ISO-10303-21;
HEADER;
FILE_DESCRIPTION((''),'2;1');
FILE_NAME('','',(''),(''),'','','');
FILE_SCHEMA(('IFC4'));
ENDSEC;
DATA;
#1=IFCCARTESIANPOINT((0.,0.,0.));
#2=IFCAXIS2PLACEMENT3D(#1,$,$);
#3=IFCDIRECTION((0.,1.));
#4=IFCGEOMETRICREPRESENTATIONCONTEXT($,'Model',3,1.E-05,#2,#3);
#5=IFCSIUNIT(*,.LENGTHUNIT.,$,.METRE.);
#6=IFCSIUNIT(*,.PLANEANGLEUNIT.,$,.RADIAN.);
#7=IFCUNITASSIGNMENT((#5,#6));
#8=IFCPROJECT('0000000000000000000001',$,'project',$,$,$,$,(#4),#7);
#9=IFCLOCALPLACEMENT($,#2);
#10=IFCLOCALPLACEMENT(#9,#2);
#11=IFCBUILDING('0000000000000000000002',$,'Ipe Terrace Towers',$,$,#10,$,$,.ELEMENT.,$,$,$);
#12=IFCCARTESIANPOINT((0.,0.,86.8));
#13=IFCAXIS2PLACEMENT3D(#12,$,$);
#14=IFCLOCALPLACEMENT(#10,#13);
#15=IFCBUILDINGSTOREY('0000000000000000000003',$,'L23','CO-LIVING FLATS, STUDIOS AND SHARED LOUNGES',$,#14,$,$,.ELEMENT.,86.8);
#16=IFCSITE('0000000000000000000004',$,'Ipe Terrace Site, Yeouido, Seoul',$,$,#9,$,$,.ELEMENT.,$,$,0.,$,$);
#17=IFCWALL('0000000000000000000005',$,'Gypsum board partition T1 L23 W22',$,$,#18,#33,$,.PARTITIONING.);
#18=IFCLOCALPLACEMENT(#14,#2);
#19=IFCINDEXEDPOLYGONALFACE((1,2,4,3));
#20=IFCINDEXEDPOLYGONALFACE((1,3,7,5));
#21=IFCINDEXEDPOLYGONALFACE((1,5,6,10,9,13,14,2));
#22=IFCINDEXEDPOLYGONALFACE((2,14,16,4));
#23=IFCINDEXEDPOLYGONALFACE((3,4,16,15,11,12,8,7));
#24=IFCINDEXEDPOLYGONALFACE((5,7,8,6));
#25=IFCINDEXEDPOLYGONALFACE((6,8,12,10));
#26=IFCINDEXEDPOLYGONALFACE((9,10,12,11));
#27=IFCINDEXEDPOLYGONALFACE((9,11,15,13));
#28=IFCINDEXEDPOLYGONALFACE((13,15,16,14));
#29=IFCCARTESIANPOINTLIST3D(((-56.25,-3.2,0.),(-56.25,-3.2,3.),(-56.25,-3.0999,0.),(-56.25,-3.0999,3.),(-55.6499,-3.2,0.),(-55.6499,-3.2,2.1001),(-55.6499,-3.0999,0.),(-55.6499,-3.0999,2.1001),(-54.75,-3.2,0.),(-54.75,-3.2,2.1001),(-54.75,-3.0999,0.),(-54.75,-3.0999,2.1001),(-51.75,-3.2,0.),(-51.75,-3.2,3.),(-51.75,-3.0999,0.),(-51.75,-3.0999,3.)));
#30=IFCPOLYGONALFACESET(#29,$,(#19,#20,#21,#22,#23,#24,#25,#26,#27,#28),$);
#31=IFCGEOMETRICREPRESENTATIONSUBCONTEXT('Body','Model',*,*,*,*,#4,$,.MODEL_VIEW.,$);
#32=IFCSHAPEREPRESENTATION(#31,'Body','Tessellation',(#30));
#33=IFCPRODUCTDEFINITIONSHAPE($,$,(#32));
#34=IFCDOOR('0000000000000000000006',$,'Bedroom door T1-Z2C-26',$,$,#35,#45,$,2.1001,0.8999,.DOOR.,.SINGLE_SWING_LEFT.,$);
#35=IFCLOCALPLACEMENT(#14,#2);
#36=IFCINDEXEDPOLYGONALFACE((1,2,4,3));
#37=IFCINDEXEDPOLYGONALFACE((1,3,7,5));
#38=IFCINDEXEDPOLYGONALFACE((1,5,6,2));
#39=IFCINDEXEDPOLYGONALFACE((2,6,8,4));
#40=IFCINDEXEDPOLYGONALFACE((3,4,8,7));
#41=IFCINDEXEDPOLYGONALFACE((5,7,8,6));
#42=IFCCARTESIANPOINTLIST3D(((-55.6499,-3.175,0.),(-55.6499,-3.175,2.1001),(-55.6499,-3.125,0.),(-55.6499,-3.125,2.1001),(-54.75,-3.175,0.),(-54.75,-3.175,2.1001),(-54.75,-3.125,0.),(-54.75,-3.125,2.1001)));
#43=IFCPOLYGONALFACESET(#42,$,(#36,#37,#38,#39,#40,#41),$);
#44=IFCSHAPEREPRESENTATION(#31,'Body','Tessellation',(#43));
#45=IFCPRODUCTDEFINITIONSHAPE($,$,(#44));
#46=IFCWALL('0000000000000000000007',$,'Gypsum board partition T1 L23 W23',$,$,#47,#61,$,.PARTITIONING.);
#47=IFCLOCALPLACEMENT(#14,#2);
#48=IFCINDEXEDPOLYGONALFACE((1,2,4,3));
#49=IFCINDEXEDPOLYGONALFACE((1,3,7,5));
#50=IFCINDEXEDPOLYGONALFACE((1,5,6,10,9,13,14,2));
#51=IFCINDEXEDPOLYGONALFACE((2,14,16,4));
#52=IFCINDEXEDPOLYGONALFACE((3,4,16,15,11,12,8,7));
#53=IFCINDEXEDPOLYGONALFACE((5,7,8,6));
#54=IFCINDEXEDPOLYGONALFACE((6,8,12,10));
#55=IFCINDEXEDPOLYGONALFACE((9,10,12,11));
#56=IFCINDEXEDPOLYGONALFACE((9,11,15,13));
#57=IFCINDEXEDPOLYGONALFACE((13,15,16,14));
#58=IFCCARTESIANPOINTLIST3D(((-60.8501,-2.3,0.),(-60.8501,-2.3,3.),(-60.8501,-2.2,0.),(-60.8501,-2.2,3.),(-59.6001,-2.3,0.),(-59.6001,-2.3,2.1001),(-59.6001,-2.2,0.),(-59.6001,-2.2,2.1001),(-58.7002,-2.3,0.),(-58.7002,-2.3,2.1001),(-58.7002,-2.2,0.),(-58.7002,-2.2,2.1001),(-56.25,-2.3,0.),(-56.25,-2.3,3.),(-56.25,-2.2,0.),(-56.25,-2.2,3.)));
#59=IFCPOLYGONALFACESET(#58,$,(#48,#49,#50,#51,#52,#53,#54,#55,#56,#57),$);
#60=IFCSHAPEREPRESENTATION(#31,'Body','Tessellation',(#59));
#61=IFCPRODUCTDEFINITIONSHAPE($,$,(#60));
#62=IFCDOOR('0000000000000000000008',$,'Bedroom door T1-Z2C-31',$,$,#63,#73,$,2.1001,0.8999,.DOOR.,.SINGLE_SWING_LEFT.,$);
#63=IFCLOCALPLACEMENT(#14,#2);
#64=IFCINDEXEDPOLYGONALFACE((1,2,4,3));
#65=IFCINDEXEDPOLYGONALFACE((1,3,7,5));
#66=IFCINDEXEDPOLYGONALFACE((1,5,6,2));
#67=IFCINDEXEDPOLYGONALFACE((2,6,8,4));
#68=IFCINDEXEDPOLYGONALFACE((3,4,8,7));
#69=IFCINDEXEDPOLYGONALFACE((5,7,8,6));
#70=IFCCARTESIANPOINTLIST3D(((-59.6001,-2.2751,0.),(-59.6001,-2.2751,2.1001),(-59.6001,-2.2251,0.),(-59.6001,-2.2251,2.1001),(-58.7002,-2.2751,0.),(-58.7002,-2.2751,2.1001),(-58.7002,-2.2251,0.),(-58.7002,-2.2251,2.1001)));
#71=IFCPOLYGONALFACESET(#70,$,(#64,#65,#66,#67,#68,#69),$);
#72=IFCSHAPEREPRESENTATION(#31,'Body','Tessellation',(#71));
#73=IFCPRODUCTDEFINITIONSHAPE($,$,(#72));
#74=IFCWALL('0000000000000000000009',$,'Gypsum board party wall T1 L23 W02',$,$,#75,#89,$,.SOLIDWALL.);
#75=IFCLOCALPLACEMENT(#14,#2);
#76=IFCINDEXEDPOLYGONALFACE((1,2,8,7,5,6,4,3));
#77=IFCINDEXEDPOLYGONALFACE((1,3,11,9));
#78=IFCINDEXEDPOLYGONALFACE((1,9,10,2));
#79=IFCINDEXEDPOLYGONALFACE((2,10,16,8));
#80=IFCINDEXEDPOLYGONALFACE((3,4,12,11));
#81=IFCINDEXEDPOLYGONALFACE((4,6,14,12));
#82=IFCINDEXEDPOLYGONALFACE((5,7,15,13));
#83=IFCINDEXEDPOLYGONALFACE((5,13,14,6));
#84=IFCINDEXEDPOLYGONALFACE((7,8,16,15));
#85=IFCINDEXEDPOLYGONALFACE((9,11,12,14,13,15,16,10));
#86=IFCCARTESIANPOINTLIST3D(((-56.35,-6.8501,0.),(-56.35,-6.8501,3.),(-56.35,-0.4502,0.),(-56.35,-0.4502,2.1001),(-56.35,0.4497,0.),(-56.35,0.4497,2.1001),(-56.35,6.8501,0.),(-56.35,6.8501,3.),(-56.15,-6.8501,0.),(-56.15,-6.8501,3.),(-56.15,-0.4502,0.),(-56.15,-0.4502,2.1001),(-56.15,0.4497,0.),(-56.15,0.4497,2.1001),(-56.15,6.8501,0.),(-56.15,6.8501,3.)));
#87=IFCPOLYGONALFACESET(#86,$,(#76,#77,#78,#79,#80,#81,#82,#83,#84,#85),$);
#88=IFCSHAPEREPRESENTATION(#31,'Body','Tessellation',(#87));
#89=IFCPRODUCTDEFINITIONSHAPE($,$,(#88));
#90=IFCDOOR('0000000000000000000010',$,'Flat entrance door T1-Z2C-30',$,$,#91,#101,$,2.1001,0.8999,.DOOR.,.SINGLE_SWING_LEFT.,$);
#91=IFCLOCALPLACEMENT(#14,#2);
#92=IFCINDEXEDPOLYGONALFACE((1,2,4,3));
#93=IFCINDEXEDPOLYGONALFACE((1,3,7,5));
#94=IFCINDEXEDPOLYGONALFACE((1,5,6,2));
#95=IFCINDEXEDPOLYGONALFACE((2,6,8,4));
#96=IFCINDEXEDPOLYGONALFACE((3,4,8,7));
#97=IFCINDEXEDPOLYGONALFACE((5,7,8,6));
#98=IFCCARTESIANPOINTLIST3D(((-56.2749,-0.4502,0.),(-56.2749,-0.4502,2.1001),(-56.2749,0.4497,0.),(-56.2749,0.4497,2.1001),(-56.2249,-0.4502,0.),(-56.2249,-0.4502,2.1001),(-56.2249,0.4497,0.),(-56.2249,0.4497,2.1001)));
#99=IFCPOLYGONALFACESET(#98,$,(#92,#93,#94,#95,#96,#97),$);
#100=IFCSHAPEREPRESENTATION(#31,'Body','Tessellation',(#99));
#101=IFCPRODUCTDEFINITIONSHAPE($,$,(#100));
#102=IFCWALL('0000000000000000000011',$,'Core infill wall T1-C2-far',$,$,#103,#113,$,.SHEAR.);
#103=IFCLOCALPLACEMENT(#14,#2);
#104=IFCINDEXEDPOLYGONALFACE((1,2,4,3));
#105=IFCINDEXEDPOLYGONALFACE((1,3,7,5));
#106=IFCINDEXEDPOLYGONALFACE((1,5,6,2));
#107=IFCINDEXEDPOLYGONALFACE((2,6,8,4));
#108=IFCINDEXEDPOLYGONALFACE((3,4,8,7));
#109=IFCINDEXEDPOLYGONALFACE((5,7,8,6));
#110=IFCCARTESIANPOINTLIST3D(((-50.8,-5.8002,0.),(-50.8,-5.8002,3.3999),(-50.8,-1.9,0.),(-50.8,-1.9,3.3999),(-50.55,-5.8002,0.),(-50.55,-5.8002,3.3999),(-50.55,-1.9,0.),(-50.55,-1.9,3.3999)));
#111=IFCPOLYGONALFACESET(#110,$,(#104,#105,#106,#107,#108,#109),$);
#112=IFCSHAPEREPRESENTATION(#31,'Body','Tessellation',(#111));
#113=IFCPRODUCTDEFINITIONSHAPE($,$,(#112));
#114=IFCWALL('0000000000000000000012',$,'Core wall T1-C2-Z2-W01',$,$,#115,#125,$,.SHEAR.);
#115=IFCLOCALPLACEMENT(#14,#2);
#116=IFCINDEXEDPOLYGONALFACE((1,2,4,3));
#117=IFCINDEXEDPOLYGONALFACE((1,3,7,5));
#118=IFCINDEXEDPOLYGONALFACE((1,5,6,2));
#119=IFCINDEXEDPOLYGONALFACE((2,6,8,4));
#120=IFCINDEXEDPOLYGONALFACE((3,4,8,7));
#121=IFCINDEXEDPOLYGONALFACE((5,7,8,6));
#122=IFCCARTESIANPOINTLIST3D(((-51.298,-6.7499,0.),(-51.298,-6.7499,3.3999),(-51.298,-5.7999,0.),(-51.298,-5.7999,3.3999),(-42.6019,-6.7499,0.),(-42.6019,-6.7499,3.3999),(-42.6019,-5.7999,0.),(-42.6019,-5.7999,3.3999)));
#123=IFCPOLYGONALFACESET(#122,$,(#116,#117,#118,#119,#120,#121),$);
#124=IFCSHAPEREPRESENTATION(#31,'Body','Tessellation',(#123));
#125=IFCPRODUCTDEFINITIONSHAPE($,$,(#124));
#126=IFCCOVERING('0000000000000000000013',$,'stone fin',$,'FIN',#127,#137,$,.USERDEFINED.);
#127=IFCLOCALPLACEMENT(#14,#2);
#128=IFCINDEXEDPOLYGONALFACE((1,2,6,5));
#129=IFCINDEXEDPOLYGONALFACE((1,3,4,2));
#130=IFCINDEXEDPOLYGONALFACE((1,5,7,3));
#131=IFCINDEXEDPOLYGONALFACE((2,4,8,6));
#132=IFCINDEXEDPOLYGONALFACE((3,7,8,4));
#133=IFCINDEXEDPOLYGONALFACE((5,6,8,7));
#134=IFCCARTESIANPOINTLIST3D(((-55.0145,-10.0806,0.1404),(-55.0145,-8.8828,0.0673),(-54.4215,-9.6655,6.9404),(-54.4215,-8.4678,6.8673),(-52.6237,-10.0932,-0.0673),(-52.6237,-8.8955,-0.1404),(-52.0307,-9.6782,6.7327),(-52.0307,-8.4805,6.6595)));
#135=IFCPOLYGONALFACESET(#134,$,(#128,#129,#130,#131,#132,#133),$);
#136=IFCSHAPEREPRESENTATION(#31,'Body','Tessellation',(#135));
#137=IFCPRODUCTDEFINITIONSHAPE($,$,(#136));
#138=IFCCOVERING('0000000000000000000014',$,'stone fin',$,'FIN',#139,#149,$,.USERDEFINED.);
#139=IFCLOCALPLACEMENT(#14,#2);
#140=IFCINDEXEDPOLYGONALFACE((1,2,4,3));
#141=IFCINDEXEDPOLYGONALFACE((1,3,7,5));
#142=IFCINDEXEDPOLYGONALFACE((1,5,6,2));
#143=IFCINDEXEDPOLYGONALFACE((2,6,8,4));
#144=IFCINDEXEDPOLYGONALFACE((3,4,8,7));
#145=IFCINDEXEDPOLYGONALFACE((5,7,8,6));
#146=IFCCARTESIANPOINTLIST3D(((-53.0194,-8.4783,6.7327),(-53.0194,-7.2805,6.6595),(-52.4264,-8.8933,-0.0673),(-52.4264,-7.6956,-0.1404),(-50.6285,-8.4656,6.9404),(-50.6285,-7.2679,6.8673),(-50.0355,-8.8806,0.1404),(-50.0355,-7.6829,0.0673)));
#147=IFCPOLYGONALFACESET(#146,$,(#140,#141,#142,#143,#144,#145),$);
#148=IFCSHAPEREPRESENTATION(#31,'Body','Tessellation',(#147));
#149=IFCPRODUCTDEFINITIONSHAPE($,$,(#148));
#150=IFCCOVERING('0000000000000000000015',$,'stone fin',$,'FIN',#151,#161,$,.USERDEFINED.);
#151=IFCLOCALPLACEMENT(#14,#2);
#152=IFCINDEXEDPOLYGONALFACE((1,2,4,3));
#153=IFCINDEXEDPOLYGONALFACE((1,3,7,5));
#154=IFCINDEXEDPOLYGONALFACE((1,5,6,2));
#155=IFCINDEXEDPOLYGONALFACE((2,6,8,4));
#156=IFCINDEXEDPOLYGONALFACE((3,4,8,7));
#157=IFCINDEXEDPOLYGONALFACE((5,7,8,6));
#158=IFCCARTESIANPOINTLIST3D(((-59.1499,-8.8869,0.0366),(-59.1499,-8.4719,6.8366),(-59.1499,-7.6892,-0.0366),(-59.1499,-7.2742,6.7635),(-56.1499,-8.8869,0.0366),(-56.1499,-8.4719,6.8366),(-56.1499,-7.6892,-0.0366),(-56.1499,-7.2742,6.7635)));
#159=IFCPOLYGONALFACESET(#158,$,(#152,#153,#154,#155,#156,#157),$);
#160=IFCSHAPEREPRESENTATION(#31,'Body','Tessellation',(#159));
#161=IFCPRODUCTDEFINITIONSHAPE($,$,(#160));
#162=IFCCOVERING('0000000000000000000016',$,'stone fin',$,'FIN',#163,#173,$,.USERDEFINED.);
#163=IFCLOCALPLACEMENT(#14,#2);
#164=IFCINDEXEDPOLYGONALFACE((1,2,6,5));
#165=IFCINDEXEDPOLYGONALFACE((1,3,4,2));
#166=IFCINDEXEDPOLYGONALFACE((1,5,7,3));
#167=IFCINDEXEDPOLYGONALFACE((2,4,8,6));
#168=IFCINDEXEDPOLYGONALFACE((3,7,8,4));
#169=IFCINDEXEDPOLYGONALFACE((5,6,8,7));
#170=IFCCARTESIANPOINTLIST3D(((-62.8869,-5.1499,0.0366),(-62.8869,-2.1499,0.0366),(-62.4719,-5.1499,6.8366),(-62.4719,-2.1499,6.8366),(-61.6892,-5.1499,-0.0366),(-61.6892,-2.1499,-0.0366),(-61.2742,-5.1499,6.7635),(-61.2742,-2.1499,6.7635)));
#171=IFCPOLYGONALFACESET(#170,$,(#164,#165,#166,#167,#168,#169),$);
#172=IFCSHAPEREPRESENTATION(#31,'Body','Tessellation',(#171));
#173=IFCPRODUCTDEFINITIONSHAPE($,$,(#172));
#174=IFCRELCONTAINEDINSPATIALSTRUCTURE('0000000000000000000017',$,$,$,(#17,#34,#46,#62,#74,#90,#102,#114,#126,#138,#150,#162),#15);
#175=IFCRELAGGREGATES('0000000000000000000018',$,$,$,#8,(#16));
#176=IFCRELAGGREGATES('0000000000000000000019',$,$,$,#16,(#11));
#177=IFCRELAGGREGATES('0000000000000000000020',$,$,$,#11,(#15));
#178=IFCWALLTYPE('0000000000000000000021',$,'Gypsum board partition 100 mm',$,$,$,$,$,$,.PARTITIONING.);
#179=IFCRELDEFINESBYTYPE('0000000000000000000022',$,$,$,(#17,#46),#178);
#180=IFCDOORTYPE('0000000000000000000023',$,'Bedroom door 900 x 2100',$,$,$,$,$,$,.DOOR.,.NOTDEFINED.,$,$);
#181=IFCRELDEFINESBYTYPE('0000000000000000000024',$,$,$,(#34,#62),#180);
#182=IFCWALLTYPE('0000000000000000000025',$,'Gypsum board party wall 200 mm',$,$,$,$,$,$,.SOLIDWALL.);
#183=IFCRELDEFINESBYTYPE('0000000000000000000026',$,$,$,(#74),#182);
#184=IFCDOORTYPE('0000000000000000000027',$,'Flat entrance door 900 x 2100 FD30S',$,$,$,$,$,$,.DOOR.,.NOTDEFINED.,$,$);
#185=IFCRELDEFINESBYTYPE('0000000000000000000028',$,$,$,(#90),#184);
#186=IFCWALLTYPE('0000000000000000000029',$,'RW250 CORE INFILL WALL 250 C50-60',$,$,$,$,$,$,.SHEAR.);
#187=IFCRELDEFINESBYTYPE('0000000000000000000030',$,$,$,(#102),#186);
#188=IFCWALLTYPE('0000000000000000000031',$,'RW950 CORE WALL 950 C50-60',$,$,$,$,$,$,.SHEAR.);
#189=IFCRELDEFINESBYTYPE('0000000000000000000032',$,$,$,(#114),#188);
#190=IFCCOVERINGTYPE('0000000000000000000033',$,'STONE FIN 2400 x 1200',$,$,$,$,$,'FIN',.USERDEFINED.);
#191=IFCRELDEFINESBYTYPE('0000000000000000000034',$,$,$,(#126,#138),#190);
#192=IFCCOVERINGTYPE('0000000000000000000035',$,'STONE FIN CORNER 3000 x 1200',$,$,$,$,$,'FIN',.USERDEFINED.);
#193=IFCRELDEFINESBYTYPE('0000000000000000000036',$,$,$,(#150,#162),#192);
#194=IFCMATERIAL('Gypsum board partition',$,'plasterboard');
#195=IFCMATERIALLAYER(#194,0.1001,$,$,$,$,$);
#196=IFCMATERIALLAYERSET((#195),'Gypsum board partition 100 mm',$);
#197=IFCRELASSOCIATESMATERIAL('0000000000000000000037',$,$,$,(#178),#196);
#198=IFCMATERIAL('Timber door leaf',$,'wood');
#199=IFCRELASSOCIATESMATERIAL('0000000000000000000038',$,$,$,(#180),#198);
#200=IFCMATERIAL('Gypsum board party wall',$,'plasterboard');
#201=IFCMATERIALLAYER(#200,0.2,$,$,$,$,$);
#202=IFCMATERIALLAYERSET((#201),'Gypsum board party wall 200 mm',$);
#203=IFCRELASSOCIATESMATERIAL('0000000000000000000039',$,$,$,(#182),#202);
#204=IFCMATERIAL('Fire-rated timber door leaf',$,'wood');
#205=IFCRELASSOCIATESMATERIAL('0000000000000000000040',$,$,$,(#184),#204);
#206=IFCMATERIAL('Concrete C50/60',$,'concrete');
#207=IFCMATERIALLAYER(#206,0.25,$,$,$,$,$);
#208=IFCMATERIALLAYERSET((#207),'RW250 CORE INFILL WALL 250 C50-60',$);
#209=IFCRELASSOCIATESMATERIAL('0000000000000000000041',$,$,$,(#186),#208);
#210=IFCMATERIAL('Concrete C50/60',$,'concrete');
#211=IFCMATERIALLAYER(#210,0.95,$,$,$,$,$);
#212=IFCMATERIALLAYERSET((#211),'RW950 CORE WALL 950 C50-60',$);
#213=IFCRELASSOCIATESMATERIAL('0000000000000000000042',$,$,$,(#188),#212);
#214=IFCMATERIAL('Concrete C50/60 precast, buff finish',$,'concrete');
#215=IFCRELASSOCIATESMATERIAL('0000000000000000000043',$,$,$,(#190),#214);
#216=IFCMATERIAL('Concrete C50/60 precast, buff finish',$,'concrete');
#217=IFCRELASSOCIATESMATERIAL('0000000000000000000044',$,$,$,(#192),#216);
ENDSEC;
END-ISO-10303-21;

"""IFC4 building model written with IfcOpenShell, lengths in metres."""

from ifc_helpers import new_model, si_unit, direction, frame, frame_2d, origin, origin_2d, place, context, subcontext, project, spatial, rectangle, extrude, material, layer, layer_set, material_profile, profile_set, type_object, element, fill, save


model = new_model("IFC4")

# Units and contexts
model_context = context("Model", 3, precision=1e-05, world=origin(), true_north=direction((0.0, 1.0)))
body_context = subcontext(model_context, "Body", "Model", "MODEL_VIEW")
ifc_project = project(units=[si_unit("LENGTHUNIT", "METRE"), si_unit("PLANEANGLEUNIT", "RADIAN")], contexts=[model_context])

# Site, building, storey
site_placement = place(None, origin())
site = spatial("IfcSite", under=ifc_project, at=site_placement, Name="Ipe Terrace Site, Yeouido, Seoul", CompositionType="ELEMENT", RefElevation=0.0)
building_placement = place(site_placement, origin())
building = spatial("IfcBuilding", under=site, at=building_placement, Name="Ipe Terrace Towers", CompositionType="ELEMENT")
storey_placement = place(building_placement, frame((0.0, 0.0, 86.8)))
storey = spatial("IfcBuildingStorey", under=building, at=storey_placement, Name="L23", Description="CO-LIVING FLATS, STUDIOS AND SHARED LOUNGES", CompositionType="ELEMENT", Elevation=86.8)

# Shared definitions
ifc_material_1 = material(Name="Gypsum board partition", Category="plasterboard")
ifc_layer_1 = layer(ifc_material_1, 0.1001)
ifc_layer_set_1 = layer_set([ifc_layer_1], Name="Gypsum board partition 100 mm")
wall_type_1 = type_object("IfcWallType", Name="Gypsum board partition 100 mm", PredefinedType="PARTITIONING", material=ifc_layer_set_1)

# Walls, openings, doors
wall_1_placement = place(storey_placement, frame((-56.25, -3.1499, 0.0), z_axis=(0.0, 0.0, 1.0), x_axis=(1.0, 0.0, 0.0)))
wall_1 = element("IfcWall", 1, at=wall_1_placement, inside=storey, type_object=wall_type_1, Name="Gypsum board partition T1 L23 W22", PredefinedType="PARTITIONING", context=body_context, shape_type="SweptSolid", body=[
    extrude(rectangle(XDim=4.5, YDim=0.1001, at=frame_2d((2.25, 0.0))), origin(), (0.0, 0.0, 1.0), 3.0),
])
opening_1_placement = place(wall_1_placement, frame((0.6001, 0.0, 0.0)))
opening_1 = element("IfcOpeningElement", 2, at=opening_1_placement, cuts=wall_1, PredefinedType="OPENING", context=body_context, shape_type="SweptSolid", body=[
    extrude(rectangle(XDim=0.8999, YDim=2.1001, at=frame_2d((0.45, 1.05))), frame((0.0, 0.0601, 0.0), z_axis=(0.0, -1.0, 0.0), x_axis=(1.0, 0.0, 0.0)), (0.0, 0.0, 1.0), 0.1201),
])
ifc_material_2 = material(Name="Timber door leaf", Category="wood")
door_type_1 = type_object("IfcDoorType", Name="Bedroom door 900 x 2100", OperationType="NOTDEFINED", PredefinedType="DOOR", material=ifc_material_2)
door_1_placement = place(opening_1_placement, origin())
door_1 = element("IfcDoor", 3, at=door_1_placement, inside=storey, type_object=door_type_1, Name="Bedroom door T1-Z2C-26", OperationType="SINGLE_SWING_LEFT", OverallHeight=2.1001, OverallWidth=0.8999, PredefinedType="DOOR", context=body_context, shape_type="SweptSolid", body=[
    extrude(rectangle(XDim=0.8999, YDim=2.1001, at=frame_2d((0.45, 1.05))), frame((0.0, 0.0249, 0.0), z_axis=(0.0, -1.0, 0.0), x_axis=(1.0, 0.0, 0.0)), (0.0, 0.0, 1.0), 0.05),
])
fill(opening_1, door_1)
wall_2_placement = place(storey_placement, frame((-60.8501, -2.25, 0.0), z_axis=(0.0, 0.0, 1.0), x_axis=(1.0, 0.0, 0.0)))
wall_2 = element("IfcWall", 4, at=wall_2_placement, inside=storey, type_object=wall_type_1, Name="Gypsum board partition T1 L23 W23", PredefinedType="PARTITIONING", context=body_context, shape_type="SweptSolid", body=[
    extrude(rectangle(XDim=4.6001, YDim=0.1001, at=frame_2d((2.3, 0.0))), origin(), (0.0, 0.0, 1.0), 3.0),
])
opening_2_placement = place(wall_2_placement, frame((1.25, 0.0, 0.0)))
opening_2 = element("IfcOpeningElement", 5, at=opening_2_placement, cuts=wall_2, PredefinedType="OPENING", context=body_context, shape_type="SweptSolid", body=[
    extrude(rectangle(XDim=0.8999, YDim=2.1001, at=frame_2d((0.45, 1.05))), frame((0.0, 0.0601, 0.0), z_axis=(0.0, -1.0, 0.0), x_axis=(1.0, 0.0, 0.0)), (0.0, 0.0, 1.0), 0.1201),
])
door_2_placement = place(opening_2_placement, origin())
door_2 = element("IfcDoor", 6, at=door_2_placement, inside=storey, type_object=door_type_1, Name="Bedroom door T1-Z2C-31", OperationType="SINGLE_SWING_LEFT", OverallHeight=2.1001, OverallWidth=0.8999, PredefinedType="DOOR", context=body_context, shape_type="SweptSolid", body=[
    extrude(rectangle(XDim=0.8999, YDim=2.1001, at=frame_2d((0.45, 1.05))), frame((0.0, 0.0249, 0.0), z_axis=(0.0, -1.0, 0.0), x_axis=(1.0, 0.0, 0.0)), (0.0, 0.0, 1.0), 0.05),
])
fill(opening_2, door_2)
ifc_material_3 = material(Name="Gypsum board party wall", Category="plasterboard")
ifc_layer_2 = layer(ifc_material_3, 0.2)
ifc_layer_set_2 = layer_set([ifc_layer_2], Name="Gypsum board party wall 200 mm")
wall_type_2 = type_object("IfcWallType", Name="Gypsum board party wall 200 mm", PredefinedType="SOLIDWALL", material=ifc_layer_set_2)
wall_3_placement = place(storey_placement, frame((-56.25, -6.8501, 0.0), z_axis=(0.0, 0.0, 1.0), x_axis=(0.0, 1.0, 0.0)))
wall_3 = element("IfcWall", 7, at=wall_3_placement, inside=storey, type_object=wall_type_2, Name="Gypsum board party wall T1 L23 W02", PredefinedType="SOLIDWALL", context=body_context, shape_type="SweptSolid", body=[
    extrude(rectangle(XDim=13.7002, YDim=0.2, at=frame_2d((6.8501, 0.0))), origin(), (0.0, 0.0, 1.0), 3.0),
])
opening_3_placement = place(wall_3_placement, frame((6.3999, 0.0, 0.0)))
opening_3 = element("IfcOpeningElement", 8, at=opening_3_placement, cuts=wall_3, PredefinedType="OPENING", context=body_context, shape_type="SweptSolid", body=[
    extrude(rectangle(XDim=0.8999, YDim=2.1001, at=frame_2d((0.45, 1.05))), frame((0.0, 0.1099, 0.0), z_axis=(0.0, -1.0, 0.0), x_axis=(1.0, 0.0, 0.0)), (0.0, 0.0, 1.0), 0.22),
])
ifc_material_4 = material(Name="Fire-rated timber door leaf", Category="wood")
door_type_2 = type_object("IfcDoorType", Name="Flat entrance door 900 x 2100 FD30S", OperationType="NOTDEFINED", PredefinedType="DOOR", material=ifc_material_4)
door_3_placement = place(opening_3_placement, origin())
door_3 = element("IfcDoor", 9, at=door_3_placement, inside=storey, type_object=door_type_2, Name="Flat entrance door T1-Z2C-30", OperationType="SINGLE_SWING_LEFT", OverallHeight=2.1001, OverallWidth=0.8999, PredefinedType="DOOR", context=body_context, shape_type="SweptSolid", body=[
    extrude(rectangle(XDim=0.8999, YDim=2.1001, at=frame_2d((0.45, 1.05))), frame((0.0, 0.0249, 0.0), z_axis=(0.0, -1.0, 0.0), x_axis=(1.0, 0.0, 0.0)), (0.0, 0.0, 1.0), 0.05),
])
fill(opening_3, door_3)

# Walls
ifc_material_5 = material(Name="Concrete C50/60", Category="concrete")
ifc_layer_3 = layer(ifc_material_5, 0.25)
ifc_layer_set_3 = layer_set([ifc_layer_3], Name="RW250 CORE INFILL WALL 250 C50-60")
wall_type_3 = type_object("IfcWallType", Name="RW250 CORE INFILL WALL 250 C50-60", PredefinedType="SHEAR", material=ifc_layer_set_3)
wall_4_placement = place(storey_placement, frame((-50.675, -1.8999, 0.0), z_axis=(0.0, 0.0, 1.0), x_axis=(0.0, -1.0, 0.0)))
element("IfcWall", 10, at=wall_4_placement, inside=storey, type_object=wall_type_3, Name="Core infill wall T1-C2-far", PredefinedType="SHEAR", context=body_context, shape_type="SweptSolid", body=[
    extrude(rectangle(XDim=3.9001, YDim=0.25, at=frame_2d((1.9502, 0.0))), origin(), (0.0, 0.0, 1.0), 3.3999),
])
ifc_material_6 = material(Name="Concrete C50/60", Category="concrete")
ifc_layer_4 = layer(ifc_material_6, 0.95)
ifc_layer_set_4 = layer_set([ifc_layer_4], Name="RW950 CORE WALL 950 C50-60")
wall_type_4 = type_object("IfcWallType", Name="RW950 CORE WALL 950 C50-60", PredefinedType="SHEAR", material=ifc_layer_set_4)
wall_5_placement = place(storey_placement, frame((-51.2981, -6.2749, 0.0), z_axis=(0.0, 0.0, 1.0), x_axis=(1.0, 0.0, 0.0)))
element("IfcWall", 11, at=wall_5_placement, inside=storey, type_object=wall_type_4, Name="Core wall T1-C2-Z2-W01", PredefinedType="SHEAR", context=body_context, shape_type="SweptSolid", body=[
    extrude(rectangle(XDim=8.696, YDim=0.95, at=frame_2d((4.3481, 0.0))), origin(), (0.0, 0.0, 1.0), 3.3999),
])

# Coverings
ifc_material_7 = material(Name="Concrete C50/60 precast, buff finish", Category="concrete")
ifc_material_profile_1 = material_profile(ifc_material_7, rectangle(XDim=2.3999, YDim=1.2, at=origin_2d()), Name="STONE FIN 2400 x 1200")
ifc_profile_set_1 = profile_set([ifc_material_profile_1], Name="Concrete C50/60 precast, buff finish")
covering_type_1 = type_object("IfcCoveringType", Name="STONE FIN 2400 x 1200", ElementType="FIN", PredefinedType="USERDEFINED", material=ifc_profile_set_1)
for number, where, z_axis, x_axis, name in (
    (12, (-53.8191, -9.488, 0.0), (0.086718, 0.060692, 0.994382), (0.996233, -0.005283, -0.086557), "stone fin"),
    (13, (-51.231, -8.2881, 0.0), (-0.086718, 0.060692, 0.994382), (0.996233, 0.005283, 0.086557), "stone fin"),
):
    element("IfcCovering", number, at=place(storey_placement, frame(where, z_axis=z_axis, x_axis=x_axis)), inside=storey, type_object=covering_type_1, Name=name, ObjectType="FIN", PredefinedType="USERDEFINED", context=body_context, shape_type="SweptSolid", body=[
        extrude(rectangle(XDim=2.3999, YDim=1.2, at=origin_2d()), origin(), (0.0, 0.0, 1.0), 6.8384),
    ])
ifc_material_8 = material(Name="Concrete C50/60 precast, buff finish", Category="concrete")
ifc_material_profile_2 = material_profile(ifc_material_8, rectangle(XDim=3.0, YDim=1.2, at=origin_2d()), Name="STONE FIN CORNER 3000 x 1200")
ifc_profile_set_2 = profile_set([ifc_material_profile_2], Name="Concrete C50/60 precast, buff finish")
covering_type_2 = type_object("IfcCoveringType", Name="STONE FIN CORNER 3000 x 1200", ElementType="FIN", PredefinedType="USERDEFINED", material=ifc_profile_set_2)
for number, where, z_axis, x_axis, name in (
    (14, (-57.6499, -8.2881, 0.0), (0.0, 0.060921, 0.998143), (1.0, 0.0, 0.0), "stone fin"),
    (15, (-62.2881, -3.6499, 0.0), (0.060921, 0.0, 0.998143), (0.0, -1.0, 0.0), "stone fin"),
):
    element("IfcCovering", number, at=place(storey_placement, frame(where, z_axis=z_axis, x_axis=x_axis)), inside=storey, type_object=covering_type_2, Name=name, ObjectType="FIN", PredefinedType="USERDEFINED", context=body_context, shape_type="SweptSolid", body=[
        extrude(rectangle(XDim=3.0, YDim=1.2, at=origin_2d()), origin(), (0.0, 0.0, 1.0), 6.8127),
    ])

save(model, "model.ifc")
